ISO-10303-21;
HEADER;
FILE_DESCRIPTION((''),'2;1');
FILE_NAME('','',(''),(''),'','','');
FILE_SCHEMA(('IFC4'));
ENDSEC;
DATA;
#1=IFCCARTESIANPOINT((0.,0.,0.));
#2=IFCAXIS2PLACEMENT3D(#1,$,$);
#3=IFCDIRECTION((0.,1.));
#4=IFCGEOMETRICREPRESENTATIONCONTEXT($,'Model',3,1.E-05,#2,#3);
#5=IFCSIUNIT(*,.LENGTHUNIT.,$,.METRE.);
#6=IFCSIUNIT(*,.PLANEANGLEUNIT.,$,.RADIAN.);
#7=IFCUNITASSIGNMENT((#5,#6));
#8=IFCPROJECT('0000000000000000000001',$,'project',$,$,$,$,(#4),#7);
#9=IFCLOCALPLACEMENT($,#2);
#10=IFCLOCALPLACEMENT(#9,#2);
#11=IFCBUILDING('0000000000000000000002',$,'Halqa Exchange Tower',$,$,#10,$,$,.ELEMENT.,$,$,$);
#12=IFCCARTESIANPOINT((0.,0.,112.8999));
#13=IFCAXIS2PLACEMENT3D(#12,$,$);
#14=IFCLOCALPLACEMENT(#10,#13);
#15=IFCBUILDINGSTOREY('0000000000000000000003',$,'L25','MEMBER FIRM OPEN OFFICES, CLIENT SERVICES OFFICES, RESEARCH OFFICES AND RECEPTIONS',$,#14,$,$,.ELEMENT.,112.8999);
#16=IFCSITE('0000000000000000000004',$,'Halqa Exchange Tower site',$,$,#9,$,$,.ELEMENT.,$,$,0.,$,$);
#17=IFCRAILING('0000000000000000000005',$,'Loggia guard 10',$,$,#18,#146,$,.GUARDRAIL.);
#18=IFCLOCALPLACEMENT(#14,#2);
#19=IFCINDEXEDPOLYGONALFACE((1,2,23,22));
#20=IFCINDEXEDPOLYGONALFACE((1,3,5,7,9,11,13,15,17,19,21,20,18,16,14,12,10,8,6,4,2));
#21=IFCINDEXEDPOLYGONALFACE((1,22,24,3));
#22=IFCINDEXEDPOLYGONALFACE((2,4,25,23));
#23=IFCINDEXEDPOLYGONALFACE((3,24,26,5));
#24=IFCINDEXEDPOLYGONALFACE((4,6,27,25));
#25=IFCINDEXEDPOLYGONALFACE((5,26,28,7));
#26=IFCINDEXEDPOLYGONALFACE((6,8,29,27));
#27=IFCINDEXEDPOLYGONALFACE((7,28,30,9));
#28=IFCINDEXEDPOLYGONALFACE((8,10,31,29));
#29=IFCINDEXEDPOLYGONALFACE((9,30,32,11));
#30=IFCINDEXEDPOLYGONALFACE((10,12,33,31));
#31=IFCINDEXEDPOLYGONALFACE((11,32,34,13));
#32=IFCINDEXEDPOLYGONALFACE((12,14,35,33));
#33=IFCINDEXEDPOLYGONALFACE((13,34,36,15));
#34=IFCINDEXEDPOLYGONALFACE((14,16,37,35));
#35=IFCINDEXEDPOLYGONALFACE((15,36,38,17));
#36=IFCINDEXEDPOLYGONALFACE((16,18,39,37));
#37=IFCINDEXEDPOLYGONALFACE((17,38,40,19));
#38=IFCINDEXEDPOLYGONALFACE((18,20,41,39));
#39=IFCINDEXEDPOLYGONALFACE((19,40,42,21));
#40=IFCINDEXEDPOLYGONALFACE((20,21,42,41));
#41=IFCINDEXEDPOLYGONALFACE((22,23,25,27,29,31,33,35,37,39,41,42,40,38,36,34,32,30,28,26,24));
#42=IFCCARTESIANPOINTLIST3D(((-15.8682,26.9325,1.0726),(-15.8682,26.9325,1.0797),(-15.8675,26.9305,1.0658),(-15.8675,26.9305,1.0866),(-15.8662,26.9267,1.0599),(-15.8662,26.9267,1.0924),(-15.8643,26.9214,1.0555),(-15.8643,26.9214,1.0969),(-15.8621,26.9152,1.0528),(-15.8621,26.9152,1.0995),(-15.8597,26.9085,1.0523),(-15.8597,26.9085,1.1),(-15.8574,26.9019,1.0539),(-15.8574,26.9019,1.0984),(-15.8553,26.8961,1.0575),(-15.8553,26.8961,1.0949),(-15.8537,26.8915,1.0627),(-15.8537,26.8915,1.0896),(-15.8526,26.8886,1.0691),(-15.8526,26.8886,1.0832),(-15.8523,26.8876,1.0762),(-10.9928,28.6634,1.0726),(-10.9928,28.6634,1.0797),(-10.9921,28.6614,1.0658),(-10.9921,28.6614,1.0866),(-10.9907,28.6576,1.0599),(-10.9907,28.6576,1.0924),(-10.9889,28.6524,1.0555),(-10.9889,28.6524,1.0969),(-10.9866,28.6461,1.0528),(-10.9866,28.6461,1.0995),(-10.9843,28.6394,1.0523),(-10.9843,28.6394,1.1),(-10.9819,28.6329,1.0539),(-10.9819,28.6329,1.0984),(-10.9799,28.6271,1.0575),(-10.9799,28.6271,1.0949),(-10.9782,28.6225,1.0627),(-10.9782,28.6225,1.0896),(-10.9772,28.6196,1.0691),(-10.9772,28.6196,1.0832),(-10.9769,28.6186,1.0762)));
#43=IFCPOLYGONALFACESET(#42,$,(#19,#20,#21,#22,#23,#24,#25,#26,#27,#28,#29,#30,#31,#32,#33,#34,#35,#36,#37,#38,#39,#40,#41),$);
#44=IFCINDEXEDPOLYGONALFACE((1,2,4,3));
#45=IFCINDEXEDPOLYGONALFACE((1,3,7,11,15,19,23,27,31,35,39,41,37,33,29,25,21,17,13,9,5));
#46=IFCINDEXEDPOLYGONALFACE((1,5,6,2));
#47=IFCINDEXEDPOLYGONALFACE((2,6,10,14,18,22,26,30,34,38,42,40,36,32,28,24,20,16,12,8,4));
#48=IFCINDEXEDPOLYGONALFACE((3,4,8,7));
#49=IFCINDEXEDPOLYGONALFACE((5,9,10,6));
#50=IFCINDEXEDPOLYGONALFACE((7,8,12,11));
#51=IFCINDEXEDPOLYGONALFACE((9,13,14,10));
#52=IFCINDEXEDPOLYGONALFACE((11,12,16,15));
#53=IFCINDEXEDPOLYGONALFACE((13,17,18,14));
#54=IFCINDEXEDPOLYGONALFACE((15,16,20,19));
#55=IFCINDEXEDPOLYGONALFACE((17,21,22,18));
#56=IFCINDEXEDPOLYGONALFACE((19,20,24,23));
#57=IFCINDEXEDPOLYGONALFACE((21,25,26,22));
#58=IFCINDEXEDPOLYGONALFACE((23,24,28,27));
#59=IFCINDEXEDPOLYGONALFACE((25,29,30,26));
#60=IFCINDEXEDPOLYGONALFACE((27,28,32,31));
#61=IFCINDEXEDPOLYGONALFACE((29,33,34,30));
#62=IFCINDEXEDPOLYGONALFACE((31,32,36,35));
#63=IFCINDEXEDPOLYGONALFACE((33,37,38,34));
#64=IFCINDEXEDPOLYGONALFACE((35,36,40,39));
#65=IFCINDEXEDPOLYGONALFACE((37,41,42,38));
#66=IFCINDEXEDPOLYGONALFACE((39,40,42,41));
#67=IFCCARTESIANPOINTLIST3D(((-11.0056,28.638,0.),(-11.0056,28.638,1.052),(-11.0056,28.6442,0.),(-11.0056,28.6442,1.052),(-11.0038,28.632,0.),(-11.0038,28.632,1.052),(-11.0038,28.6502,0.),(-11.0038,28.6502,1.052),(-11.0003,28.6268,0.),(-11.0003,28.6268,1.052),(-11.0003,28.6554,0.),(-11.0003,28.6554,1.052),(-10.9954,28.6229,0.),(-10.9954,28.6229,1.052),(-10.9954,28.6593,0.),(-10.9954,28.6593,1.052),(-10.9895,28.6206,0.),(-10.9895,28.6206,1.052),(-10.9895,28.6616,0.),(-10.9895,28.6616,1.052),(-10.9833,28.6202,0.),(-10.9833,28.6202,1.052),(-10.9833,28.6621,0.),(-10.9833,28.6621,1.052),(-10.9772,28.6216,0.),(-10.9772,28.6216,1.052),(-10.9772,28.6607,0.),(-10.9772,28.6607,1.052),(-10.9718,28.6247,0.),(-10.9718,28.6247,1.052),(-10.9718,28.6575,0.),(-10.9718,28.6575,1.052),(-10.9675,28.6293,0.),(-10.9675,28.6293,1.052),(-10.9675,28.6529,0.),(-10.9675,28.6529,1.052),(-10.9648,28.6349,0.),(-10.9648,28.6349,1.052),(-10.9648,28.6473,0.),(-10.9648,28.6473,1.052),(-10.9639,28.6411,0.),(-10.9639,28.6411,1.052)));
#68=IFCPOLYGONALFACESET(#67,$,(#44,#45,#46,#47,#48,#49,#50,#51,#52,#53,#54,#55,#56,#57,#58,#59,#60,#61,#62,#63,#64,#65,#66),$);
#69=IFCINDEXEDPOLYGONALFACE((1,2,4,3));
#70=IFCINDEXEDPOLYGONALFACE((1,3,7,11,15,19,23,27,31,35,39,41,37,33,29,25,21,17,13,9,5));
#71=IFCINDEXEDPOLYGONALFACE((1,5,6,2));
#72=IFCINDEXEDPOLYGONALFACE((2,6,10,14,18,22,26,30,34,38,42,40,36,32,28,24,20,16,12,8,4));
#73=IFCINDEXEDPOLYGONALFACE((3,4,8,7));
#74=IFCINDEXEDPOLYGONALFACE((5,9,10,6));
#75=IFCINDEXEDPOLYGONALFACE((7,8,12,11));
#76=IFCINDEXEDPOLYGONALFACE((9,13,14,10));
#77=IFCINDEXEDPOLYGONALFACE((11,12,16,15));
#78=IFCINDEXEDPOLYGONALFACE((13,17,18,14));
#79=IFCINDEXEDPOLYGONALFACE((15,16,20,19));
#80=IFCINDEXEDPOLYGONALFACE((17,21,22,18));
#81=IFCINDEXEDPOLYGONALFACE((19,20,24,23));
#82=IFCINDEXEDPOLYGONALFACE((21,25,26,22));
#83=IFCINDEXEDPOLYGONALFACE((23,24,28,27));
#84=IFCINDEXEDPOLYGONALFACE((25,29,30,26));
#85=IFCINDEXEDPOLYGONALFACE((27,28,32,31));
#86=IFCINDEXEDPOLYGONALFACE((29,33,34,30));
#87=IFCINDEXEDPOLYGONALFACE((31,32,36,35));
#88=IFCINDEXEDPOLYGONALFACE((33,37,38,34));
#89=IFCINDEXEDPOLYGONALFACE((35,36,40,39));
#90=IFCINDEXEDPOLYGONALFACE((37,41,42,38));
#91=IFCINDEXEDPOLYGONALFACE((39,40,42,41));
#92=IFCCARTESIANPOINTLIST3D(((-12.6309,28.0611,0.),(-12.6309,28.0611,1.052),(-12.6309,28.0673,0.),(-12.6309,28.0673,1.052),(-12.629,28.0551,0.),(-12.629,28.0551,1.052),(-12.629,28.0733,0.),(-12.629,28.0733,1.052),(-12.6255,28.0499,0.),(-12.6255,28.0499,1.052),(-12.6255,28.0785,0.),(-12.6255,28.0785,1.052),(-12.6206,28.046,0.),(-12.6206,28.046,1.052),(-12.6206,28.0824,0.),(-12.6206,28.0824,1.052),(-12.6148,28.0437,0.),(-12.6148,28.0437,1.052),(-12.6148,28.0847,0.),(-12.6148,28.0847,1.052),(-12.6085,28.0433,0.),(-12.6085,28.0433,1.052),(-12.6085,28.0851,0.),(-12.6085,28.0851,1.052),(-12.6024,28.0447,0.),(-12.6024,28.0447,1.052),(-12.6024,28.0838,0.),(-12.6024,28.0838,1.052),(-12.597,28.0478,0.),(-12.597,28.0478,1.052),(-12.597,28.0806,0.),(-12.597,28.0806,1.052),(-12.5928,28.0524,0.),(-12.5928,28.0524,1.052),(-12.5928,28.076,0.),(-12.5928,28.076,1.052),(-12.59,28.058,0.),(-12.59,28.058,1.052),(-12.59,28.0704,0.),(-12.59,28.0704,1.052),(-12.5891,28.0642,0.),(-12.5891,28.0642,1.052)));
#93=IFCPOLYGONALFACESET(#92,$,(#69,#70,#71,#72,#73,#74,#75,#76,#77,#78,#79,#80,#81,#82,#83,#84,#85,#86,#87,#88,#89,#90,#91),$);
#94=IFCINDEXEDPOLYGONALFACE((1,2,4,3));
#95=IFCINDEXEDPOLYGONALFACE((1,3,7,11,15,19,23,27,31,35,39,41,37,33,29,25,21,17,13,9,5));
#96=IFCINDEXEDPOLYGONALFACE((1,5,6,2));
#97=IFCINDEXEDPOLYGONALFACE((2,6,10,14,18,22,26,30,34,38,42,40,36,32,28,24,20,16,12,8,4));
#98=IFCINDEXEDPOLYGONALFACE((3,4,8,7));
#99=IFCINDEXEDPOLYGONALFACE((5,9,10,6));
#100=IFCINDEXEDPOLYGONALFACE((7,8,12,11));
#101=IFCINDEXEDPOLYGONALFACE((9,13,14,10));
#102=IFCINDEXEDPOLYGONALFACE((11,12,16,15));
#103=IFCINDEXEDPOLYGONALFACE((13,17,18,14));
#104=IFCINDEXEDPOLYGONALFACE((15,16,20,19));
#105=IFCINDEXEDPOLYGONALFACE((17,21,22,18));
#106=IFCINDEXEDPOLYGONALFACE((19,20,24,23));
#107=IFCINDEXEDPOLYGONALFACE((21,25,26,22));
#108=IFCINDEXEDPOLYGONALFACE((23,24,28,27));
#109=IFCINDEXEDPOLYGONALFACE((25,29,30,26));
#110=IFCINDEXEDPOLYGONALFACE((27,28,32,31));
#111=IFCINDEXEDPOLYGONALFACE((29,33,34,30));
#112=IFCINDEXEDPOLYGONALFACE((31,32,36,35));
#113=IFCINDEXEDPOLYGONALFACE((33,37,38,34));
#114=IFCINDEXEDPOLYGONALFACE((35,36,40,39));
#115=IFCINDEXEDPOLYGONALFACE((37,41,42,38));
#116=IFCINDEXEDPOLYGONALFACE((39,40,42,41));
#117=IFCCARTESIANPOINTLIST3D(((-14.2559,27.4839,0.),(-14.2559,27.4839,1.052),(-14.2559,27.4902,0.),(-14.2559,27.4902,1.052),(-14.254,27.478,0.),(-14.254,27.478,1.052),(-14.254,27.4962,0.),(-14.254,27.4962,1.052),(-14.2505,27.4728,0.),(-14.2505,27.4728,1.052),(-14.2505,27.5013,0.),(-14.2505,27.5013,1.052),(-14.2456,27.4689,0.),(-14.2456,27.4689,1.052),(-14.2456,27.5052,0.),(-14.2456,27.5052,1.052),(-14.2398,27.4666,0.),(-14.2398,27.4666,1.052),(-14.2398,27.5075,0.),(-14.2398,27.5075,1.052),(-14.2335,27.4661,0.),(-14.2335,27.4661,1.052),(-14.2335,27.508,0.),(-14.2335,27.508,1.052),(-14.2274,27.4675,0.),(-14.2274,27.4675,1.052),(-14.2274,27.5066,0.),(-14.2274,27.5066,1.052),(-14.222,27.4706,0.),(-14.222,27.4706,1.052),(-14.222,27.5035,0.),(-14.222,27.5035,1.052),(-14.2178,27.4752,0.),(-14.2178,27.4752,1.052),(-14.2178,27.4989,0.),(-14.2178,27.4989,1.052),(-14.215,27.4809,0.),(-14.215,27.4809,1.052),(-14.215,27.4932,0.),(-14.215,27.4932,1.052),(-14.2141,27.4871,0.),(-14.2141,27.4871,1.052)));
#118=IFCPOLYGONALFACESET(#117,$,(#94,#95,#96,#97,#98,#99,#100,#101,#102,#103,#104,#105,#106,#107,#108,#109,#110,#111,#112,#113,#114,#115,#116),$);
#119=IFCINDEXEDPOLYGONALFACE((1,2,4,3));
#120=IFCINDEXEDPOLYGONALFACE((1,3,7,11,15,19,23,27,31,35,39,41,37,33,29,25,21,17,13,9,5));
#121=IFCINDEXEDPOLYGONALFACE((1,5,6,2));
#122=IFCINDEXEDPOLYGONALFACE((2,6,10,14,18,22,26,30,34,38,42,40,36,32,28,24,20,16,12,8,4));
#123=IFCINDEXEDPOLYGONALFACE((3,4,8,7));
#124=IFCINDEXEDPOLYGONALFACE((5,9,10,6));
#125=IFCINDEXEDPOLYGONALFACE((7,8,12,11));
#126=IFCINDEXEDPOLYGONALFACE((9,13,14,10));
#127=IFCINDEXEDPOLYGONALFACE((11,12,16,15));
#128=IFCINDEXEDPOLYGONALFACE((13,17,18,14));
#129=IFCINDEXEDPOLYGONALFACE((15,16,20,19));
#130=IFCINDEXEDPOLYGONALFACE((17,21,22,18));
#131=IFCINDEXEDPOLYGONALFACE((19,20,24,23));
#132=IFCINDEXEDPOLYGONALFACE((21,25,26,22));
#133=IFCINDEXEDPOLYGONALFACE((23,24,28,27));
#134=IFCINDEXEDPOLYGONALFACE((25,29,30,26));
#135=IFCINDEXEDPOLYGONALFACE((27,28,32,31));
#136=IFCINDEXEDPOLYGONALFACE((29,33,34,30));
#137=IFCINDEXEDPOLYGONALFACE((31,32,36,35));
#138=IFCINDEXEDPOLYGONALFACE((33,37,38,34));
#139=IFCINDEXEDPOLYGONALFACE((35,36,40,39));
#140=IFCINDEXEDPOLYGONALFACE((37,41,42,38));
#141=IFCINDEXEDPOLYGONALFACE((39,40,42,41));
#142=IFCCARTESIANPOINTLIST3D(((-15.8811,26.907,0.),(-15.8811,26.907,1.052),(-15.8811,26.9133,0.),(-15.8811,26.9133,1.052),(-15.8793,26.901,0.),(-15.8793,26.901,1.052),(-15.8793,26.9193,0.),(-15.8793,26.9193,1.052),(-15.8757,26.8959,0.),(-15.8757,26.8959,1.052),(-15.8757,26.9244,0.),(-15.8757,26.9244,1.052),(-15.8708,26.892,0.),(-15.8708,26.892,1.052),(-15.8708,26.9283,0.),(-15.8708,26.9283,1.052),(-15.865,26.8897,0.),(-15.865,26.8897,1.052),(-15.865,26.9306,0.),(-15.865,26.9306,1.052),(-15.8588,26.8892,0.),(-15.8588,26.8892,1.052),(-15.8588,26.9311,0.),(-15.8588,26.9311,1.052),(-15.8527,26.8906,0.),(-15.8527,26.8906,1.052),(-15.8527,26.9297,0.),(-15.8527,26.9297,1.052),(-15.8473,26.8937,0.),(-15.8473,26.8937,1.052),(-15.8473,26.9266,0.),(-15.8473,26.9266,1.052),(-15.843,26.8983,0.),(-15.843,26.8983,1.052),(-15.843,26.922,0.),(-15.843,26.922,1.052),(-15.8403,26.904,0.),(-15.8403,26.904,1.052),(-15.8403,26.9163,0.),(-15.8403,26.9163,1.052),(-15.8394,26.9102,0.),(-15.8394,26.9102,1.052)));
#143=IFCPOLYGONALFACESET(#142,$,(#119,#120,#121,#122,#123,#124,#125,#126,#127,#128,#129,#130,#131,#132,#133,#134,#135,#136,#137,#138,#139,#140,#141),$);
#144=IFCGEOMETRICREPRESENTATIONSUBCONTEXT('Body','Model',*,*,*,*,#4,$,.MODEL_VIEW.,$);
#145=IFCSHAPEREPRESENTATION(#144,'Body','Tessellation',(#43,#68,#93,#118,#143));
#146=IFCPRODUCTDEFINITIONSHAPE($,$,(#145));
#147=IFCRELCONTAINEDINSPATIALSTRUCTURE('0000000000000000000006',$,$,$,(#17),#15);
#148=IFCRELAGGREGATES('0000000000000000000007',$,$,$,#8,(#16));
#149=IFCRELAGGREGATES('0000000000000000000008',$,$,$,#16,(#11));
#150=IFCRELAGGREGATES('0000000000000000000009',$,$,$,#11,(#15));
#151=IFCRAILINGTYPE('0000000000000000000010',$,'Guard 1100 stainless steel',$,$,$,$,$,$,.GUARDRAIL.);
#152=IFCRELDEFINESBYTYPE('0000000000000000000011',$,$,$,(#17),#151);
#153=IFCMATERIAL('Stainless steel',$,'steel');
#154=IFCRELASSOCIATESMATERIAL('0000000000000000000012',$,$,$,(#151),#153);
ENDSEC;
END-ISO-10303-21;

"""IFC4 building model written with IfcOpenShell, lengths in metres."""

from ifc_helpers import new_model, si_unit, direction, frame, origin, origin_2d, place, context, subcontext, project, spatial, circle, extrude, material, type_object, element, save


model = new_model("IFC4")

# Units and contexts
model_context = context("Model", 3, precision=1e-05, world=origin(), true_north=direction((0.0, 1.0)))
body_context = subcontext(model_context, "Body", "Model", "MODEL_VIEW")
ifc_project = project(units=[si_unit("LENGTHUNIT", "METRE"), si_unit("PLANEANGLEUNIT", "RADIAN")], contexts=[model_context])

# Site, building, storey
site_placement = place(None, origin())
site = spatial("IfcSite", under=ifc_project, at=site_placement, Name="Halqa Exchange Tower site", CompositionType="ELEMENT", RefElevation=0.0)
building_placement = place(site_placement, origin())
building = spatial("IfcBuilding", under=site, at=building_placement, Name="Halqa Exchange Tower", CompositionType="ELEMENT")
storey_placement = place(building_placement, frame((0.0, 0.0, 112.8999)))
storey = spatial("IfcBuildingStorey", under=building, at=storey_placement, Name="L25", Description="MEMBER FIRM OPEN OFFICES, CLIENT SERVICES OFFICES, RESEARCH OFFICES AND RECEPTIONS", CompositionType="ELEMENT", Elevation=112.8999)

# Railing
ifc_material_1 = material(Name="Stainless steel", Category="steel")
railing_type_1 = type_object("IfcRailingType", Name="Guard 1100 stainless steel", PredefinedType="GUARDRAIL", material=ifc_material_1)
railing_1_placement = place(storey_placement, frame((-10.9849, 28.6411, 0.0)))
element("IfcRailing", 1, at=railing_1_placement, inside=storey, type_object=railing_type_1, Name="Loggia guard 10", PredefinedType="GUARDRAIL", context=body_context, shape_type="SweptSolid", body=[
    extrude(circle(Radius=0.0239, at=origin_2d()), frame((0.0, 0.0, 1.0762), z_axis=(-0.94237, -0.334572, 0.0), x_axis=(0.334572, -0.94237, 0.0)), (0.0, 0.0, 1.0), 5.1736),
    extrude(circle(Radius=0.021, at=origin_2d()), origin(), (0.0, 0.0, 1.0), 1.052),
    extrude(circle(Radius=0.021, at=origin_2d()), frame((-1.6252, -0.5769, 0.0)), (0.0, 0.0, 1.0), 1.052),
    extrude(circle(Radius=0.021, at=origin_2d()), frame((-3.2502, -1.1541, 0.0)), (0.0, 0.0, 1.0), 1.052),
    extrude(circle(Radius=0.021, at=origin_2d()), frame((-4.8755, -1.731, 0.0)), (0.0, 0.0, 1.0), 1.052),
])

save(model, "model.ifc")
